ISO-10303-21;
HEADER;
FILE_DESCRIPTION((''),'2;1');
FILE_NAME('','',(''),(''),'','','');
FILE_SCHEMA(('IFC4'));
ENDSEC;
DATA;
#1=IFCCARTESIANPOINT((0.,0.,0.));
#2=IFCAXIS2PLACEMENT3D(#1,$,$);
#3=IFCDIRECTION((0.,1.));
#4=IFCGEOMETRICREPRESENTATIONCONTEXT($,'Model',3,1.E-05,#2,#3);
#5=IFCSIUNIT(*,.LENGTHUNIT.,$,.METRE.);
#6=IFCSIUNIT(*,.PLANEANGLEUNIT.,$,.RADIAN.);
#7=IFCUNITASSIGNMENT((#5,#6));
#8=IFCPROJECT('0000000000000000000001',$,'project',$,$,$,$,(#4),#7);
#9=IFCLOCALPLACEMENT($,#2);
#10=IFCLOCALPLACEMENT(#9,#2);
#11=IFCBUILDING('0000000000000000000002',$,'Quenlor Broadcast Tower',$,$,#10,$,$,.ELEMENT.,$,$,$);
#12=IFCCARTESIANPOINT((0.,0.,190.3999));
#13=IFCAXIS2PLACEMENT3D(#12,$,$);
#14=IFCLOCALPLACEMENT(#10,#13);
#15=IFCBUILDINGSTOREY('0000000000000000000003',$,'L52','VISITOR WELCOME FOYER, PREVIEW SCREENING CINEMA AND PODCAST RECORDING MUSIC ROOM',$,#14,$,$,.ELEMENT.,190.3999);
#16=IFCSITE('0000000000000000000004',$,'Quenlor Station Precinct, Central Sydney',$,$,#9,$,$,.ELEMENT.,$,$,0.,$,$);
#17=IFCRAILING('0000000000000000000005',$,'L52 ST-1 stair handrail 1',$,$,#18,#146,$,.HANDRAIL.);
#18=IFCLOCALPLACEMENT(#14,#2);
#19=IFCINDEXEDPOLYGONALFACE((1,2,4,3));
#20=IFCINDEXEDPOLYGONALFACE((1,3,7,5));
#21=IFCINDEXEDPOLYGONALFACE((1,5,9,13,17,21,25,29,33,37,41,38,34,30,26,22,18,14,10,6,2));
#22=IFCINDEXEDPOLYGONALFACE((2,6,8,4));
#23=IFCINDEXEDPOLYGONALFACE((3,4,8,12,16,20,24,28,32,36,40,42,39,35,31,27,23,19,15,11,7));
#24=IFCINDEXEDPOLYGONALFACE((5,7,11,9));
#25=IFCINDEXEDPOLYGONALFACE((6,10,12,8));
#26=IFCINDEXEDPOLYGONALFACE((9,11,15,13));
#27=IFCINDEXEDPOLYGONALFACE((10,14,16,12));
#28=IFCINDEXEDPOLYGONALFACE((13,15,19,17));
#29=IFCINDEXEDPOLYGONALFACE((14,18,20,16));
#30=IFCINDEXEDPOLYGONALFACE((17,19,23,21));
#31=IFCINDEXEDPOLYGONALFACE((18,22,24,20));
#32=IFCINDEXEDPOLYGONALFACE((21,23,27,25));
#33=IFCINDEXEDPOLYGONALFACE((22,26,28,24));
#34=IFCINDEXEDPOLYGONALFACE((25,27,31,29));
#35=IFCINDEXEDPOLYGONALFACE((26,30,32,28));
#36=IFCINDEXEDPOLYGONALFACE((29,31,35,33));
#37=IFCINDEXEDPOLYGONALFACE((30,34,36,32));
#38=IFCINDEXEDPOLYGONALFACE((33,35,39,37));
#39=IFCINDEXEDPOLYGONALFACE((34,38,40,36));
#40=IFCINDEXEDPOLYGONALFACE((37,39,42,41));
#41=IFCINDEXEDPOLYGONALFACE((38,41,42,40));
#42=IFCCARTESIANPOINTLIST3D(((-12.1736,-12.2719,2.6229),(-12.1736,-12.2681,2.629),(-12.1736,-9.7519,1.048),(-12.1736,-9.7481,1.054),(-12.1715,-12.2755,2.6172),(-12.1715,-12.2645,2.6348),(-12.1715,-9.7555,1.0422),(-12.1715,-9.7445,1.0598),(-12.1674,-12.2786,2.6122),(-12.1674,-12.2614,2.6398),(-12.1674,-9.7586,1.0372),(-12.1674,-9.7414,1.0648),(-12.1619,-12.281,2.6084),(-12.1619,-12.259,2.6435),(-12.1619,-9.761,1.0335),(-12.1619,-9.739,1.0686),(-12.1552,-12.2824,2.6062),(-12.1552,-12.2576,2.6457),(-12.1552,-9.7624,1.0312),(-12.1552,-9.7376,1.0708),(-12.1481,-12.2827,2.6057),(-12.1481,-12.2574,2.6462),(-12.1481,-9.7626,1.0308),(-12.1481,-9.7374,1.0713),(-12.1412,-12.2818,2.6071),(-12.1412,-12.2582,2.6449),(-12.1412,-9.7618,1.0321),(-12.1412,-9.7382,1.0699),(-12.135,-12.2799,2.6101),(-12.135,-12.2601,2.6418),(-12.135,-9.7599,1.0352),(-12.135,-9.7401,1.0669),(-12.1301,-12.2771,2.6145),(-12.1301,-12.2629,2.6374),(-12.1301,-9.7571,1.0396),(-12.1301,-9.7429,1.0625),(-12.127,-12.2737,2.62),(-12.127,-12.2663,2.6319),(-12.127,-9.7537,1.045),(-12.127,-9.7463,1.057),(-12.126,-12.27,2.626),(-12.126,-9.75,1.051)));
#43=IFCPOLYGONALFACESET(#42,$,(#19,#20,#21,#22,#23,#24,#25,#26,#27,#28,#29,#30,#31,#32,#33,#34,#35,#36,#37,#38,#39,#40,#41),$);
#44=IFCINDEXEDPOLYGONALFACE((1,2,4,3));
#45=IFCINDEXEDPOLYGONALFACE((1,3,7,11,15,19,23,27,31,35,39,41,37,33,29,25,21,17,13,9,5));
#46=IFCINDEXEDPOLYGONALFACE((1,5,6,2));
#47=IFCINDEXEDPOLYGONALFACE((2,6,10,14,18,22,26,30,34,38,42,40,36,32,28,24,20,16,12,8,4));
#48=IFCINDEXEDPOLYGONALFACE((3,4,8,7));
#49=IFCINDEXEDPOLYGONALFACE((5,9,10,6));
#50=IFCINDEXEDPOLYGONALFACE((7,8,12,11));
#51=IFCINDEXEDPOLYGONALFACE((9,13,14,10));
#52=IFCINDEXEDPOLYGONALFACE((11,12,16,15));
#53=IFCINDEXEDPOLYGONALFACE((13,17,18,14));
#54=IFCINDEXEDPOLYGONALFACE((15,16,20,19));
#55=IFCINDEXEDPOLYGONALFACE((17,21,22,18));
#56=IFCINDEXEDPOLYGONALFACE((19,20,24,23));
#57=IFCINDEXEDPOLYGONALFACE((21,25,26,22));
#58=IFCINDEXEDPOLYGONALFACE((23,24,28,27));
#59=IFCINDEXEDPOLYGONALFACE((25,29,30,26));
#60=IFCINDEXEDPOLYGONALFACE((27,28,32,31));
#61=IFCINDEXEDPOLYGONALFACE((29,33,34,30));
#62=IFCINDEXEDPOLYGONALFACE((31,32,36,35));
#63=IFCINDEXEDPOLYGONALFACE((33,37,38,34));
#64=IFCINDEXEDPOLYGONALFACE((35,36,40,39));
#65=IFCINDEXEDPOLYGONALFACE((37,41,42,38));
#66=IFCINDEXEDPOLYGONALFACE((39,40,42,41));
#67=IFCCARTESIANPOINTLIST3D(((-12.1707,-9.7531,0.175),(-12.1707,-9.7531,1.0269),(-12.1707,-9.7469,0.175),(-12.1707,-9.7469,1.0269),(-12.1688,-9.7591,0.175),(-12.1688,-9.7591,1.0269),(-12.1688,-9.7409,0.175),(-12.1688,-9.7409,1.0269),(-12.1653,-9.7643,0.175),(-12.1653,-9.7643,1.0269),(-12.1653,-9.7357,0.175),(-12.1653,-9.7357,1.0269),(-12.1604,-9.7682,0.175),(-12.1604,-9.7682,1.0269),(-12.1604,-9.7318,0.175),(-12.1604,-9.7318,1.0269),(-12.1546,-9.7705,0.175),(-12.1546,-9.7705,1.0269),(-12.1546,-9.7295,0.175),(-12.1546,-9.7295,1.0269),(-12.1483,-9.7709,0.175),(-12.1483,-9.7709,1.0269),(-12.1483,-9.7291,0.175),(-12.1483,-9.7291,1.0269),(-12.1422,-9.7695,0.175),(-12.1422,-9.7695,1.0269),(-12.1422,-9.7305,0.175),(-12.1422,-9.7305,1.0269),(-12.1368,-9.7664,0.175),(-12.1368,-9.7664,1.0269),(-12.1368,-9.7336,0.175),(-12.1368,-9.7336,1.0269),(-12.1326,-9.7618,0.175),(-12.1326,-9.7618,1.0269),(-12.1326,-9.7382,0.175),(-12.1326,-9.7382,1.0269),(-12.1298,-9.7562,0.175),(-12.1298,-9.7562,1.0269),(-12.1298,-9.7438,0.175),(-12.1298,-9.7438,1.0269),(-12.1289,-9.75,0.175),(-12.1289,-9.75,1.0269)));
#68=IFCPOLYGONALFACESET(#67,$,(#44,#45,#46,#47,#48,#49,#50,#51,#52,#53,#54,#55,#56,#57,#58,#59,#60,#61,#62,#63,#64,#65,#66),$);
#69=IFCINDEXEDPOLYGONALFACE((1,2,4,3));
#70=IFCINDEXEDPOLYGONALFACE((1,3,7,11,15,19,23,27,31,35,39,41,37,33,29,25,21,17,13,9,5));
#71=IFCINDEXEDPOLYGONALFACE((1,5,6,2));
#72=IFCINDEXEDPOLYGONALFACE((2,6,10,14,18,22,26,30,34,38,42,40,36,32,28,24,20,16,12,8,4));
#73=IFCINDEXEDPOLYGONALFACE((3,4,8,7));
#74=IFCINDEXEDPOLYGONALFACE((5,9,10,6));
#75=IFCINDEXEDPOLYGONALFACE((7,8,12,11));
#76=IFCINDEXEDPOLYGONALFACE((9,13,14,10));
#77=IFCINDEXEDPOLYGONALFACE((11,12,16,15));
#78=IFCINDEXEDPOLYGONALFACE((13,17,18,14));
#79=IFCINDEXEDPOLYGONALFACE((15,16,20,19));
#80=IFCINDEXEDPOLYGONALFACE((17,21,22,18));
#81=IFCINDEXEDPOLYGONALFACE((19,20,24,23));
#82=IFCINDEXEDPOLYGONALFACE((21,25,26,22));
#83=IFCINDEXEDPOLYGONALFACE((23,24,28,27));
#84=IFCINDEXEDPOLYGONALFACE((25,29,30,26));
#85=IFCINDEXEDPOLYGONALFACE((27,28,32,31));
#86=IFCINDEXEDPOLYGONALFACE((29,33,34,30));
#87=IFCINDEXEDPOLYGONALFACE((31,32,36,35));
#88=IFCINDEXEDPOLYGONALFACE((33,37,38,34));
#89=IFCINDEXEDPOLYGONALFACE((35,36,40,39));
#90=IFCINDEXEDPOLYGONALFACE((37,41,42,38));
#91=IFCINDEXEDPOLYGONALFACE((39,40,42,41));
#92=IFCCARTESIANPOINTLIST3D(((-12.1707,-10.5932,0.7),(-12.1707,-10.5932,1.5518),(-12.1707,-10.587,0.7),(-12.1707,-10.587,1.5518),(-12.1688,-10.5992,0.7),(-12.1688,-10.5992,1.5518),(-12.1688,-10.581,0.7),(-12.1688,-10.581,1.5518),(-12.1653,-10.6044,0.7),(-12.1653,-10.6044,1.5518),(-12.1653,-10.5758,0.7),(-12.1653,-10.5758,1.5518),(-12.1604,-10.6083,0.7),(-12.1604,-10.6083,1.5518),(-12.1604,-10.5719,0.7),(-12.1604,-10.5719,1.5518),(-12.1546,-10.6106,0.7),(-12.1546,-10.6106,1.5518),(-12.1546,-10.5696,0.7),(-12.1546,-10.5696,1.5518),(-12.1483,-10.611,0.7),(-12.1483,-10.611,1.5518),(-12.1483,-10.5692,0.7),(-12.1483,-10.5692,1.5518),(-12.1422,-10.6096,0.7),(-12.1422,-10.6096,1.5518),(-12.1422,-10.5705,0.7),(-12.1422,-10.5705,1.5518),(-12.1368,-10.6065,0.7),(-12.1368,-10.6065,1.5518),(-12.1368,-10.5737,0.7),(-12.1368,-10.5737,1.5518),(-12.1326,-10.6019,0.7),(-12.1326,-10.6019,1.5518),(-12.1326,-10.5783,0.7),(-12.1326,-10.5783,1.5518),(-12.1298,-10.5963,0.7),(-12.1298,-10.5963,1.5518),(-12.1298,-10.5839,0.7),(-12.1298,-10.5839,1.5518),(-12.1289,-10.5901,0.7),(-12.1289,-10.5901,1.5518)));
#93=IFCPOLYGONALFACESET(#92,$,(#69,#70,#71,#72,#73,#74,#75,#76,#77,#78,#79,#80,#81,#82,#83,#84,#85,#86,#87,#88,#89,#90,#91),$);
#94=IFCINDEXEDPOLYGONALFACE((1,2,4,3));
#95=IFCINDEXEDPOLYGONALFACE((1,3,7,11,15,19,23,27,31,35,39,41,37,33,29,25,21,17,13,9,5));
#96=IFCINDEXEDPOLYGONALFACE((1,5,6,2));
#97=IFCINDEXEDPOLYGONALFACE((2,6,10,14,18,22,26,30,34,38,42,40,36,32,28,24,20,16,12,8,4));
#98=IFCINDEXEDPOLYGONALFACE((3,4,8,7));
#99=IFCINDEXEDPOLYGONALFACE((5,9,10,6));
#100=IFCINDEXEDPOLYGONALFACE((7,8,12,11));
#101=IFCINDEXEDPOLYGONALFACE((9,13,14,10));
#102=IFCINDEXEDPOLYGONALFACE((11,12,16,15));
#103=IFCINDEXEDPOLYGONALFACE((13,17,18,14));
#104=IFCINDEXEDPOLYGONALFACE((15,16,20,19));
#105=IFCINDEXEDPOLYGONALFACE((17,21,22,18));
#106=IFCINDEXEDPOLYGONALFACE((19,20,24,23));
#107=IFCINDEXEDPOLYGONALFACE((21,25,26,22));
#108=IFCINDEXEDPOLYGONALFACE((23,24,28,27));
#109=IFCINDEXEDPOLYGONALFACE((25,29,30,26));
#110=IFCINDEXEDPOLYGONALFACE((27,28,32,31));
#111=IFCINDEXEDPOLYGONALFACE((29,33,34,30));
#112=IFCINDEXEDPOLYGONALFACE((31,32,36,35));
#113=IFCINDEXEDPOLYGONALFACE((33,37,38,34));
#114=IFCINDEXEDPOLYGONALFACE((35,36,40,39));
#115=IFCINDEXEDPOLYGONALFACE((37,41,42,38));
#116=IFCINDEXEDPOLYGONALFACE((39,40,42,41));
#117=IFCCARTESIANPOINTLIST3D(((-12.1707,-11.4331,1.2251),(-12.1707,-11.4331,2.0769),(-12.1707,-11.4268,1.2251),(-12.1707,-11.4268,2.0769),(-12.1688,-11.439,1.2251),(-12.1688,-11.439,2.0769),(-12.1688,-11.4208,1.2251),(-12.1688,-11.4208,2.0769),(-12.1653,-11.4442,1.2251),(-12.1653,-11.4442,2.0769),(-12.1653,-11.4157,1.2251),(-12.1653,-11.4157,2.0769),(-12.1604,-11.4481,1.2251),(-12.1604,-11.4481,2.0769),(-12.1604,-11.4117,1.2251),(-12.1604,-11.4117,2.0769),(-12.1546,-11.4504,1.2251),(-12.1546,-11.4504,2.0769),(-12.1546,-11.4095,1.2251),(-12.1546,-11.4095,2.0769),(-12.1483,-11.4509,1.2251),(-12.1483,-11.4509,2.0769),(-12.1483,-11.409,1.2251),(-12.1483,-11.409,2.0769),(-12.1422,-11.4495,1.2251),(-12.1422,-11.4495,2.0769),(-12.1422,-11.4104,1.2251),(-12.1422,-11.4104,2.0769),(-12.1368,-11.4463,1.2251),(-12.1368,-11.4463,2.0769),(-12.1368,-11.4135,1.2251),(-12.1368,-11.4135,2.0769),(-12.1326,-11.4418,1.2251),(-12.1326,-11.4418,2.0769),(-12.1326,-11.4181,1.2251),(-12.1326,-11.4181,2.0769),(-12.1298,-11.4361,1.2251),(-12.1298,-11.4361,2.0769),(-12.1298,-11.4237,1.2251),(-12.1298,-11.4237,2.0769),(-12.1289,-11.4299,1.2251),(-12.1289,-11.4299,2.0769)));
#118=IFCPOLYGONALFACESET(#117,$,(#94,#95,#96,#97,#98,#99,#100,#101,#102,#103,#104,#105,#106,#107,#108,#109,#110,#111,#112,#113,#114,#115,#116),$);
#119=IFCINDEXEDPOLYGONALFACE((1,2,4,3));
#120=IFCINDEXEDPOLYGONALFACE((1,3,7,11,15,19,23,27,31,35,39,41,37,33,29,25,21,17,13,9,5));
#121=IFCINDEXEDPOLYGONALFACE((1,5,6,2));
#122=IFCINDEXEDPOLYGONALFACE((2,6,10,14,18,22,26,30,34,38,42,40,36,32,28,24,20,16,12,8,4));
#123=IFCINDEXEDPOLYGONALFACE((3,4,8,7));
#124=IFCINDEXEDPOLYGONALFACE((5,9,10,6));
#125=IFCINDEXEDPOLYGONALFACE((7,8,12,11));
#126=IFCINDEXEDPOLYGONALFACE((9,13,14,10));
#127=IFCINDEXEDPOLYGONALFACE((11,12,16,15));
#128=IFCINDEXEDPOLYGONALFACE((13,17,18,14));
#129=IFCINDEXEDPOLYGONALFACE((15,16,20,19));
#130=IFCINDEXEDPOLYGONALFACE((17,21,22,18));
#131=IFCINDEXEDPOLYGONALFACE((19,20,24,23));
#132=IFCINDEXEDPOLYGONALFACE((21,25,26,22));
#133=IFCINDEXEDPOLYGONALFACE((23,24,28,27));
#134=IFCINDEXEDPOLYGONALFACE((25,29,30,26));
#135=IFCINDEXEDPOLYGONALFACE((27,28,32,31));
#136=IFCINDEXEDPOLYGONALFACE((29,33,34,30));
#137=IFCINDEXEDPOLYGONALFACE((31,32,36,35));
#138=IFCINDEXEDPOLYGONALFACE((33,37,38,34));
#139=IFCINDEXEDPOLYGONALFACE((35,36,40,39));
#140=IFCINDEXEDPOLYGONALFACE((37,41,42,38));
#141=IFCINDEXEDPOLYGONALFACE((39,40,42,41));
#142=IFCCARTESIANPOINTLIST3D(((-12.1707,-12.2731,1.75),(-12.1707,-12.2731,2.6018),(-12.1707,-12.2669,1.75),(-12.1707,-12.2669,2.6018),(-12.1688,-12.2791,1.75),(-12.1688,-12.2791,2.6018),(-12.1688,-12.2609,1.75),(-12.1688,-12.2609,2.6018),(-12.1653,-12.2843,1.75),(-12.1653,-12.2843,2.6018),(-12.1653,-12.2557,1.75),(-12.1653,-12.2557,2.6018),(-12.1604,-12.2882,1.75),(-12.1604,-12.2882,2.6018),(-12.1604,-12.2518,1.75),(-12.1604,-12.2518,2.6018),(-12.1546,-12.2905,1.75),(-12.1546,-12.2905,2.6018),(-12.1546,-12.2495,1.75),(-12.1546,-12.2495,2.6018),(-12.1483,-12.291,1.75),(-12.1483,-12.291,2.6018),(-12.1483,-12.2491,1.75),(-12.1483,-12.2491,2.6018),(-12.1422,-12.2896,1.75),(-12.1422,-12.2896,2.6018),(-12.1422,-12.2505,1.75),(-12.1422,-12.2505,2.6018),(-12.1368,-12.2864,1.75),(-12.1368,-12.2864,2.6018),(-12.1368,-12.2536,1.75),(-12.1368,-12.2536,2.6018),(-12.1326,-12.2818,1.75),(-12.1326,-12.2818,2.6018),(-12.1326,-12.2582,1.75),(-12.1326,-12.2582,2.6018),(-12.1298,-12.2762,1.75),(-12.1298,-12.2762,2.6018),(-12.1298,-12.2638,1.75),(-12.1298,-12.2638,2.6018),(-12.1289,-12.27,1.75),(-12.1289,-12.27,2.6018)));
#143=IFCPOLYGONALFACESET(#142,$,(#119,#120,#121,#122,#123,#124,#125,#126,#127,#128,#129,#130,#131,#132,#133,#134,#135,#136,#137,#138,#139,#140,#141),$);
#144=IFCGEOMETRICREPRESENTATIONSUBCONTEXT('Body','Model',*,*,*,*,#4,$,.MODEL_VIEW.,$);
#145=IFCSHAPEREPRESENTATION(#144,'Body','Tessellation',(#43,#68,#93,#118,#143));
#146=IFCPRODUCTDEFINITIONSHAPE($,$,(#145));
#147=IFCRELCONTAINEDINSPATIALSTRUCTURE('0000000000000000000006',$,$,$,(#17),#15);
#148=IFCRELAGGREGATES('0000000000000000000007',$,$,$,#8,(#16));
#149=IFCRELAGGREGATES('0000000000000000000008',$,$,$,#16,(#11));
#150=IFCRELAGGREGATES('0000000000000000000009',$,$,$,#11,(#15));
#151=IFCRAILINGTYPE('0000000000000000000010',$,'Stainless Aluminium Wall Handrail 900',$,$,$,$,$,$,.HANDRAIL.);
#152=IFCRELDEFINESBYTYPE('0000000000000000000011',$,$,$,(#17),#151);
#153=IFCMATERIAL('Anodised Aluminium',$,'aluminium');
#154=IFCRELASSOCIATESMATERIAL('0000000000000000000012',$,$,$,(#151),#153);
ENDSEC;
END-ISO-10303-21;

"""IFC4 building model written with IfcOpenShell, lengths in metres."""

from ifc_helpers import new_model, si_unit, direction, frame, origin, origin_2d, place, context, subcontext, project, spatial, circle, extrude, material, type_object, element, save


model = new_model("IFC4")

# Units and contexts
model_context = context("Model", 3, precision=1e-05, world=origin(), true_north=direction((0.0, 1.0)))
body_context = subcontext(model_context, "Body", "Model", "MODEL_VIEW")
ifc_project = project(units=[si_unit("LENGTHUNIT", "METRE"), si_unit("PLANEANGLEUNIT", "RADIAN")], contexts=[model_context])

# Site, building, storey
site_placement = place(None, origin())
site = spatial("IfcSite", under=ifc_project, at=site_placement, Name="Quenlor Station Precinct, Central Sydney", CompositionType="ELEMENT", RefElevation=0.0)
building_placement = place(site_placement, origin())
building = spatial("IfcBuilding", under=site, at=building_placement, Name="Quenlor Broadcast Tower", CompositionType="ELEMENT")
storey_placement = place(building_placement, frame((0.0, 0.0, 190.3999)))
storey = spatial("IfcBuildingStorey", under=building, at=storey_placement, Name="L52", Description="VISITOR WELCOME FOYER, PREVIEW SCREENING CINEMA AND PODCAST RECORDING MUSIC ROOM", CompositionType="ELEMENT", Elevation=190.3999)

# Railing
ifc_material_1 = material(Name="Anodised Aluminium", Category="aluminium")
railing_type_1 = type_object("IfcRailingType", Name="Stainless Aluminium Wall Handrail 900", PredefinedType="HANDRAIL", material=ifc_material_1)
railing_1_placement = place(storey_placement, frame((-12.1499, -9.75, 0.175)))
element("IfcRailing", 1, at=railing_1_placement, inside=storey, type_object=railing_type_1, Name="L52 ST-1 stair handrail 1", PredefinedType="HANDRAIL", context=body_context, shape_type="SweptSolid", body=[
    extrude(circle(Radius=0.0239, at=origin_2d()), frame((0.0, 0.0, 0.876), z_axis=(0.0, -0.848008, 0.529984), x_axis=(1.0, 0.0, 0.0)), (0.0, 0.0, 1.0), 2.9717),
    extrude(circle(Radius=0.021, at=origin_2d()), origin(), (0.0, 0.0, 1.0), 0.8518),
    extrude(circle(Radius=0.021, at=origin_2d()), frame((0.0, -0.8401, 0.5249)), (0.0, 0.0, 1.0), 0.8518),
    extrude(circle(Radius=0.021, at=origin_2d()), frame((0.0, -1.6799, 1.05)), (0.0, 0.0, 1.0), 0.8518),
    extrude(circle(Radius=0.021, at=origin_2d()), frame((0.0, -2.52, 1.575)), (0.0, 0.0, 1.0), 0.8518),
])

save(model, "model.ifc")
